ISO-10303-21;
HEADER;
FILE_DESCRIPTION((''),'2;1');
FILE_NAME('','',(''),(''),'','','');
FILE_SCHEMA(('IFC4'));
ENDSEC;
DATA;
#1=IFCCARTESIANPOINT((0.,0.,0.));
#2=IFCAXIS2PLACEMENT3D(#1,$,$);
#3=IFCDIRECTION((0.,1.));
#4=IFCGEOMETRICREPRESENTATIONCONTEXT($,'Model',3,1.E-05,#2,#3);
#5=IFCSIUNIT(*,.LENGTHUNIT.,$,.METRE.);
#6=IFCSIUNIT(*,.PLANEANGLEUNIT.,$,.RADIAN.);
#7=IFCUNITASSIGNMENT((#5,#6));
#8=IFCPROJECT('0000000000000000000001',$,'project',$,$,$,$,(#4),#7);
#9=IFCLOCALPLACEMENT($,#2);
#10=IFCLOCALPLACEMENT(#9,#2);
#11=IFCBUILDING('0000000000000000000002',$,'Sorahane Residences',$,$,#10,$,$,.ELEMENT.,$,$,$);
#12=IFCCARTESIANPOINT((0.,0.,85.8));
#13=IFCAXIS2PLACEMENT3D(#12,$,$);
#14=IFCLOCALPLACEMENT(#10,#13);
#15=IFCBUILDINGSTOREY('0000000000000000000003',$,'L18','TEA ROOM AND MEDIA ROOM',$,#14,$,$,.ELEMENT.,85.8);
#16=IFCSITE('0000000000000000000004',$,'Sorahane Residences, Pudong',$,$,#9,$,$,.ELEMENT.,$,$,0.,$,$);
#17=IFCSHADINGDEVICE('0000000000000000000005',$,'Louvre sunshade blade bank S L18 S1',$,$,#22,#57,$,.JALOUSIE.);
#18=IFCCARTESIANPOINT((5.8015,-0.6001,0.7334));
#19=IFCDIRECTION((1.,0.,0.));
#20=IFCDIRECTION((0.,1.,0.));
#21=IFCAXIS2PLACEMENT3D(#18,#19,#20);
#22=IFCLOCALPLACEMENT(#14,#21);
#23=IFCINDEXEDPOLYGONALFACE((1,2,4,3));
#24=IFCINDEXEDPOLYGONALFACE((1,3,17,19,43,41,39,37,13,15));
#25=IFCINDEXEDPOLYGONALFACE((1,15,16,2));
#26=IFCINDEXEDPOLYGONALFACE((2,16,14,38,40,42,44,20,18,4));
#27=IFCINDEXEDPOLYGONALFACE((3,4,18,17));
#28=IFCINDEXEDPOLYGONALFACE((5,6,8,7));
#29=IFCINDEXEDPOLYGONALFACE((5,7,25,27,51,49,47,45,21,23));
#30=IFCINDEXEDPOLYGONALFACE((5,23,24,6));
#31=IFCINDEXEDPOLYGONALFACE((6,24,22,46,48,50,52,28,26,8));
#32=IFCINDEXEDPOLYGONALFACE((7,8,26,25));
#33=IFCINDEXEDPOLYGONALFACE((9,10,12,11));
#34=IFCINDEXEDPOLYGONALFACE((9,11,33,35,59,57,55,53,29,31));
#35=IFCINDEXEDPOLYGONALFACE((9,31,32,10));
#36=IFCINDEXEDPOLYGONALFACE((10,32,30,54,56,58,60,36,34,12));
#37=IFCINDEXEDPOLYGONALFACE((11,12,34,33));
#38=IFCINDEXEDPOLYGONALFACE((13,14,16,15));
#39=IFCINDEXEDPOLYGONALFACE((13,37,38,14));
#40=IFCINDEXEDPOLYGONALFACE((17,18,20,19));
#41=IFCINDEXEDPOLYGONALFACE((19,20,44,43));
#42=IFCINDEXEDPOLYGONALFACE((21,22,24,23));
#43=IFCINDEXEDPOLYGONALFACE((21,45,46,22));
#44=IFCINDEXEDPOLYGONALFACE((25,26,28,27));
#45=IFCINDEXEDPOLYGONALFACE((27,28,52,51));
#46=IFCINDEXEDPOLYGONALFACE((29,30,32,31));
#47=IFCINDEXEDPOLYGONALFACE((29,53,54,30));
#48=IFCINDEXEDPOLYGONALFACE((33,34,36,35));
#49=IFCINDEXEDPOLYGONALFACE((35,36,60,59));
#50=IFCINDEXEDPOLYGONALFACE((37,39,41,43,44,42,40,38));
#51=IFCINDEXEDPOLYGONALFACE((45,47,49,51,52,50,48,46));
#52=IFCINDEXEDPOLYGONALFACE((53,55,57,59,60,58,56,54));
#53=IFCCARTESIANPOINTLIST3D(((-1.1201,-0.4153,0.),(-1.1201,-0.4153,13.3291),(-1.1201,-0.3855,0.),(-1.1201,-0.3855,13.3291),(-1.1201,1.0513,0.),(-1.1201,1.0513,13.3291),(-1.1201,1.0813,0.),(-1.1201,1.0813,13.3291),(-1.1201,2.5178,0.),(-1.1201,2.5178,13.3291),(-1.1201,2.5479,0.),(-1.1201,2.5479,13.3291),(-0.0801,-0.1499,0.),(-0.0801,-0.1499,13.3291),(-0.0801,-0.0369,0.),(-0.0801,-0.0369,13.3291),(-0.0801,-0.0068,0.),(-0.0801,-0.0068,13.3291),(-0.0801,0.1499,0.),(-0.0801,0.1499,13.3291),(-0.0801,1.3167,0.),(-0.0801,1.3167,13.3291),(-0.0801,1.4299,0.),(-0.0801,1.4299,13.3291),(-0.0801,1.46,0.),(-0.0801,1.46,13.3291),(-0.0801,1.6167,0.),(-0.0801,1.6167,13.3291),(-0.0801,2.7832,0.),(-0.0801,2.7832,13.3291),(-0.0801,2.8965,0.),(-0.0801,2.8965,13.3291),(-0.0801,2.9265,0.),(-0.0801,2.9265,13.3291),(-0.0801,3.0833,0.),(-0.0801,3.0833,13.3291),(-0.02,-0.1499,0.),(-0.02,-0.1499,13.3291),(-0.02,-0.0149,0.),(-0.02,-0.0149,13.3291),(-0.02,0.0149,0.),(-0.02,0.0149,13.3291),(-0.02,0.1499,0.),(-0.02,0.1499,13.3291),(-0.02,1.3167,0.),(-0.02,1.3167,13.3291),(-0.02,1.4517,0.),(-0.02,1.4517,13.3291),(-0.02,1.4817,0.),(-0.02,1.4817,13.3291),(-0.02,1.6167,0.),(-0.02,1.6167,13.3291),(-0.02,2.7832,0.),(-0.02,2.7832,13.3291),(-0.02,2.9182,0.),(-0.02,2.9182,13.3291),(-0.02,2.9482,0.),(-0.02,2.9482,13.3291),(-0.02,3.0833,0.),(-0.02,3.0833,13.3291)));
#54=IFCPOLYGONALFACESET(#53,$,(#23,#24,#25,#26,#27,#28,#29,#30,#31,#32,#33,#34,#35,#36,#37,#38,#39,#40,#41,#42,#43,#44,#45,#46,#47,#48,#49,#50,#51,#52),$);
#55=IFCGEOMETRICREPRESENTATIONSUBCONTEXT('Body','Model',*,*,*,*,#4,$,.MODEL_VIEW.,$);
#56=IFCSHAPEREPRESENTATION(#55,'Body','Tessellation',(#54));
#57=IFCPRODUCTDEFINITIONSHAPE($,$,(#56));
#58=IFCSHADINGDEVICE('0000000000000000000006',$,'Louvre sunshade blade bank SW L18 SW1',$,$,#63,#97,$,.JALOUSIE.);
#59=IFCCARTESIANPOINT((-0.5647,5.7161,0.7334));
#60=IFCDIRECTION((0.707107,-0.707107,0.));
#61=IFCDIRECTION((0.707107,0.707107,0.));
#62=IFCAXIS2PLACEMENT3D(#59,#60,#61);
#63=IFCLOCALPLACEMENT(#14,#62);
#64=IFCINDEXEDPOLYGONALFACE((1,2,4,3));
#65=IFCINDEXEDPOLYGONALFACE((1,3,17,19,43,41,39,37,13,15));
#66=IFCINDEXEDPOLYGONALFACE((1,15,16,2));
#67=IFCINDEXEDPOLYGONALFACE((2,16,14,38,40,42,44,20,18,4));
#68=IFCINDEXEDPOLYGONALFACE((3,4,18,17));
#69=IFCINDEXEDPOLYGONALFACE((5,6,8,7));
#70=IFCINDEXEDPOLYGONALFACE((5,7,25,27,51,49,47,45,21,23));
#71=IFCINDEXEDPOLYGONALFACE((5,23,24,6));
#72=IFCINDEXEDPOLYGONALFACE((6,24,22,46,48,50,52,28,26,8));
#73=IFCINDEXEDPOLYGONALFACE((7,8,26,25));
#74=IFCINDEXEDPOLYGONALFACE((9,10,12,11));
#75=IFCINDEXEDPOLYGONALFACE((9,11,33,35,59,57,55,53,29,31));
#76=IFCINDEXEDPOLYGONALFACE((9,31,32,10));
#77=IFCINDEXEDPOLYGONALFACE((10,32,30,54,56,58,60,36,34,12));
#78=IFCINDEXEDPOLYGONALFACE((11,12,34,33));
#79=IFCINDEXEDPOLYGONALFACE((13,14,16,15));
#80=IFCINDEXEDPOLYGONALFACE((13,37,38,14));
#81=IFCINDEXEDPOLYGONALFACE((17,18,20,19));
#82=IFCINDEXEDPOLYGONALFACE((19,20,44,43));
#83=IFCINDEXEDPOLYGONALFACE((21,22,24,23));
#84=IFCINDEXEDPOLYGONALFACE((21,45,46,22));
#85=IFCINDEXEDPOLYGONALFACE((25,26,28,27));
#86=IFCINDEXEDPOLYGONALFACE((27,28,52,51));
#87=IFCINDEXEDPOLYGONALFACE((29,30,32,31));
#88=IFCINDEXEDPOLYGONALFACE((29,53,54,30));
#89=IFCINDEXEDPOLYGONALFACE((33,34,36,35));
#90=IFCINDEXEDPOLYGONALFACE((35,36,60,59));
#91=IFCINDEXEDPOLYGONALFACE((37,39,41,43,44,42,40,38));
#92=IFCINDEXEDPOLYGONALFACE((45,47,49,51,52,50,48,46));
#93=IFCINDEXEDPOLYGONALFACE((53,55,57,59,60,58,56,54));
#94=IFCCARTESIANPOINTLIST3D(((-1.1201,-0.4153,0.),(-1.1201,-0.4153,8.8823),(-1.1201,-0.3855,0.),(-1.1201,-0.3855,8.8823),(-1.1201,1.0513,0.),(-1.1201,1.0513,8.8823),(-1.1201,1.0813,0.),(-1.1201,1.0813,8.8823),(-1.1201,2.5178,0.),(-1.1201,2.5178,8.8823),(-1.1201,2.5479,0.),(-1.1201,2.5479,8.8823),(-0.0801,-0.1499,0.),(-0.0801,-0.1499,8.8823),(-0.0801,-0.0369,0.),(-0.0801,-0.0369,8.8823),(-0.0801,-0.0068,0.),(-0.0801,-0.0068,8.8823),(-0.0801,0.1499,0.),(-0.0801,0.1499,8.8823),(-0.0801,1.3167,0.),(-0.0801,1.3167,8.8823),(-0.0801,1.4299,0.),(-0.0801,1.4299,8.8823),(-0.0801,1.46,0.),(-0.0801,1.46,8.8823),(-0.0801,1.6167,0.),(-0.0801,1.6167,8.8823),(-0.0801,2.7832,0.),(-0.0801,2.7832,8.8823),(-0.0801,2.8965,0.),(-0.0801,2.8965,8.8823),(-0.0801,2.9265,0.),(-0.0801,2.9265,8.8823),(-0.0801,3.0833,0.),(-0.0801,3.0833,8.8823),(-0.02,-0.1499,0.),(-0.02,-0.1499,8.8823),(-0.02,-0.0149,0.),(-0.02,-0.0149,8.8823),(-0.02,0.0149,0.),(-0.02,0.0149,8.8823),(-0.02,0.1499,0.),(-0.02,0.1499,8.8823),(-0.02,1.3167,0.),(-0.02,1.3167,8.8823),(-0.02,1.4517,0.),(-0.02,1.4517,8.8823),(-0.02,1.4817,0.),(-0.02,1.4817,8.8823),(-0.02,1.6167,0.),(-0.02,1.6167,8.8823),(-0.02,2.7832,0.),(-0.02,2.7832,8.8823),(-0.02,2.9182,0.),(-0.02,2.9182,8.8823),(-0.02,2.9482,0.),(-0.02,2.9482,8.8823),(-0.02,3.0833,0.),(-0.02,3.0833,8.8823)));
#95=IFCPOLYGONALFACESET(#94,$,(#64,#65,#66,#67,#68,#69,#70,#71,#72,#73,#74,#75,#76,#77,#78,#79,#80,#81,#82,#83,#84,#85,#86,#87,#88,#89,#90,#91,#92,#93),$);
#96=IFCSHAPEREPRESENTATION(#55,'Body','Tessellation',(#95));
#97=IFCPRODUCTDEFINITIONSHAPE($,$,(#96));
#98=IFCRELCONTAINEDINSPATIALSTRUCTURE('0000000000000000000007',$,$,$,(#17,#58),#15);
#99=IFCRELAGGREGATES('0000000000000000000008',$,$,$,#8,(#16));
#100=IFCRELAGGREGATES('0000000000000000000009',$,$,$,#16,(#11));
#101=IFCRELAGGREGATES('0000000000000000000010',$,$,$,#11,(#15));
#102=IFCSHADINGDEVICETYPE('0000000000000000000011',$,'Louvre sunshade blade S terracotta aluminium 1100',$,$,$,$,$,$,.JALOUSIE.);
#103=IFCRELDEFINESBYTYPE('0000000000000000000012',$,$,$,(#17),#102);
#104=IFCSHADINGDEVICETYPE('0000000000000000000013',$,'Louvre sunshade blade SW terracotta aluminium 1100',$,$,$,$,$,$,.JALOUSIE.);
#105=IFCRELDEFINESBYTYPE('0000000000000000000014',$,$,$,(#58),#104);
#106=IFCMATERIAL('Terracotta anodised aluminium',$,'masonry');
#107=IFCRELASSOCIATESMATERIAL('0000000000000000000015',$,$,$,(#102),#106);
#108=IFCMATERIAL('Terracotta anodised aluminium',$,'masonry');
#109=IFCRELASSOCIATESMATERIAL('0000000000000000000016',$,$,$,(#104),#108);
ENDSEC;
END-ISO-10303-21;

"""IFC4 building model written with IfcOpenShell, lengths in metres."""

from ifc_helpers import new_model, si_unit, direction, frame, origin, place, context, subcontext, project, spatial, polyline, outline, composite_profile, extrude, material, type_object, element, save


model = new_model("IFC4")

# Units and contexts
model_context = context("Model", 3, precision=1e-05, world=origin(), true_north=direction((0.0, 1.0)))
body_context = subcontext(model_context, "Body", "Model", "MODEL_VIEW")
ifc_project = project(units=[si_unit("LENGTHUNIT", "METRE"), si_unit("PLANEANGLEUNIT", "RADIAN")], contexts=[model_context])

# Site, building, storey
site_placement = place(None, origin())
site = spatial("IfcSite", under=ifc_project, at=site_placement, Name="Sorahane Residences, Pudong", CompositionType="ELEMENT", RefElevation=0.0)
building_placement = place(site_placement, origin())
building = spatial("IfcBuilding", under=site, at=building_placement, Name="Sorahane Residences", CompositionType="ELEMENT")
storey_placement = place(building_placement, frame((0.0, 0.0, 85.8)))
storey = spatial("IfcBuildingStorey", under=building, at=storey_placement, Name="L18", Description="TEA ROOM AND MEDIA ROOM", CompositionType="ELEMENT", Elevation=85.8)

# Shading devices
ifc_material_1 = material(Name="Terracotta anodised aluminium", Category="masonry")
shading_device_type_1 = type_object("IfcShadingDeviceType", Name="Louvre sunshade blade S terracotta aluminium 1100", PredefinedType="JALOUSIE", material=ifc_material_1)
shading_device_1_placement = place(storey_placement, frame((5.8015, -0.6001, 0.7334), z_axis=(1.0, 0.0, 0.0), x_axis=(0.0, 1.0, 0.0)))
element("IfcShadingDevice", 1, at=shading_device_1_placement, inside=storey, type_object=shading_device_type_1, Name="Louvre sunshade blade bank S L18 S1", PredefinedType="JALOUSIE", context=body_context, shape_type="SweptSolid", body=[
    extrude(composite_profile([outline(polyline([(-1.1201, -0.3855), (-1.1201, -0.4153), (-0.0801, -0.0369), (-0.0801, -0.1499), (-0.02, -0.1499), (-0.02, -0.0149), (-0.02, 0.0149), (-0.02, 0.1499), (-0.0801, 0.1499), (-0.0801, -0.0068), (-1.1201, -0.3855)])), outline(polyline([(-1.1201, 1.0813), (-1.1201, 1.0513), (-0.0801, 1.4299), (-0.0801, 1.3167), (-0.02, 1.3167), (-0.02, 1.4517), (-0.02, 1.4817), (-0.02, 1.6167), (-0.0801, 1.6167), (-0.0801, 1.46), (-1.1201, 1.0813)])), outline(polyline([(-1.1201, 2.5479), (-1.1201, 2.5178), (-0.0801, 2.8965), (-0.0801, 2.7832), (-0.02, 2.7832), (-0.02, 2.9182), (-0.02, 2.9482), (-0.02, 3.0833), (-0.0801, 3.0833), (-0.0801, 2.9265), (-1.1201, 2.5479)]))]), origin(), (0.0, 0.0, 1.0), 13.3291),
])
ifc_material_2 = material(Name="Terracotta anodised aluminium", Category="masonry")
shading_device_type_2 = type_object("IfcShadingDeviceType", Name="Louvre sunshade blade SW terracotta aluminium 1100", PredefinedType="JALOUSIE", material=ifc_material_2)
shading_device_2_placement = place(storey_placement, frame((-0.5647, 5.7161, 0.7334), z_axis=(0.707107, -0.707107, 0.0), x_axis=(0.707107, 0.707107, 0.0)))
element("IfcShadingDevice", 2, at=shading_device_2_placement, inside=storey, type_object=shading_device_type_2, Name="Louvre sunshade blade bank SW L18 SW1", PredefinedType="JALOUSIE", context=body_context, shape_type="SweptSolid", body=[
    extrude(composite_profile([outline(polyline([(-1.1201, -0.3855), (-1.1201, -0.4153), (-0.0801, -0.0369), (-0.0801, -0.1499), (-0.02, -0.1499), (-0.02, -0.0149), (-0.02, 0.0149), (-0.02, 0.1499), (-0.0801, 0.1499), (-0.0801, -0.0068), (-1.1201, -0.3855)])), outline(polyline([(-1.1201, 1.0813), (-1.1201, 1.0513), (-0.0801, 1.4299), (-0.0801, 1.3167), (-0.02, 1.3167), (-0.02, 1.4517), (-0.02, 1.4817), (-0.02, 1.6167), (-0.0801, 1.6167), (-0.0801, 1.46), (-1.1201, 1.0813)])), outline(polyline([(-1.1201, 2.5479), (-1.1201, 2.5178), (-0.0801, 2.8965), (-0.0801, 2.7832), (-0.02, 2.7832), (-0.02, 2.9182), (-0.02, 2.9482), (-0.02, 3.0833), (-0.0801, 3.0833), (-0.0801, 2.9265), (-1.1201, 2.5479)]))]), origin(), (0.0, 0.0, 1.0), 8.8823),
])

save(model, "model.ifc")
